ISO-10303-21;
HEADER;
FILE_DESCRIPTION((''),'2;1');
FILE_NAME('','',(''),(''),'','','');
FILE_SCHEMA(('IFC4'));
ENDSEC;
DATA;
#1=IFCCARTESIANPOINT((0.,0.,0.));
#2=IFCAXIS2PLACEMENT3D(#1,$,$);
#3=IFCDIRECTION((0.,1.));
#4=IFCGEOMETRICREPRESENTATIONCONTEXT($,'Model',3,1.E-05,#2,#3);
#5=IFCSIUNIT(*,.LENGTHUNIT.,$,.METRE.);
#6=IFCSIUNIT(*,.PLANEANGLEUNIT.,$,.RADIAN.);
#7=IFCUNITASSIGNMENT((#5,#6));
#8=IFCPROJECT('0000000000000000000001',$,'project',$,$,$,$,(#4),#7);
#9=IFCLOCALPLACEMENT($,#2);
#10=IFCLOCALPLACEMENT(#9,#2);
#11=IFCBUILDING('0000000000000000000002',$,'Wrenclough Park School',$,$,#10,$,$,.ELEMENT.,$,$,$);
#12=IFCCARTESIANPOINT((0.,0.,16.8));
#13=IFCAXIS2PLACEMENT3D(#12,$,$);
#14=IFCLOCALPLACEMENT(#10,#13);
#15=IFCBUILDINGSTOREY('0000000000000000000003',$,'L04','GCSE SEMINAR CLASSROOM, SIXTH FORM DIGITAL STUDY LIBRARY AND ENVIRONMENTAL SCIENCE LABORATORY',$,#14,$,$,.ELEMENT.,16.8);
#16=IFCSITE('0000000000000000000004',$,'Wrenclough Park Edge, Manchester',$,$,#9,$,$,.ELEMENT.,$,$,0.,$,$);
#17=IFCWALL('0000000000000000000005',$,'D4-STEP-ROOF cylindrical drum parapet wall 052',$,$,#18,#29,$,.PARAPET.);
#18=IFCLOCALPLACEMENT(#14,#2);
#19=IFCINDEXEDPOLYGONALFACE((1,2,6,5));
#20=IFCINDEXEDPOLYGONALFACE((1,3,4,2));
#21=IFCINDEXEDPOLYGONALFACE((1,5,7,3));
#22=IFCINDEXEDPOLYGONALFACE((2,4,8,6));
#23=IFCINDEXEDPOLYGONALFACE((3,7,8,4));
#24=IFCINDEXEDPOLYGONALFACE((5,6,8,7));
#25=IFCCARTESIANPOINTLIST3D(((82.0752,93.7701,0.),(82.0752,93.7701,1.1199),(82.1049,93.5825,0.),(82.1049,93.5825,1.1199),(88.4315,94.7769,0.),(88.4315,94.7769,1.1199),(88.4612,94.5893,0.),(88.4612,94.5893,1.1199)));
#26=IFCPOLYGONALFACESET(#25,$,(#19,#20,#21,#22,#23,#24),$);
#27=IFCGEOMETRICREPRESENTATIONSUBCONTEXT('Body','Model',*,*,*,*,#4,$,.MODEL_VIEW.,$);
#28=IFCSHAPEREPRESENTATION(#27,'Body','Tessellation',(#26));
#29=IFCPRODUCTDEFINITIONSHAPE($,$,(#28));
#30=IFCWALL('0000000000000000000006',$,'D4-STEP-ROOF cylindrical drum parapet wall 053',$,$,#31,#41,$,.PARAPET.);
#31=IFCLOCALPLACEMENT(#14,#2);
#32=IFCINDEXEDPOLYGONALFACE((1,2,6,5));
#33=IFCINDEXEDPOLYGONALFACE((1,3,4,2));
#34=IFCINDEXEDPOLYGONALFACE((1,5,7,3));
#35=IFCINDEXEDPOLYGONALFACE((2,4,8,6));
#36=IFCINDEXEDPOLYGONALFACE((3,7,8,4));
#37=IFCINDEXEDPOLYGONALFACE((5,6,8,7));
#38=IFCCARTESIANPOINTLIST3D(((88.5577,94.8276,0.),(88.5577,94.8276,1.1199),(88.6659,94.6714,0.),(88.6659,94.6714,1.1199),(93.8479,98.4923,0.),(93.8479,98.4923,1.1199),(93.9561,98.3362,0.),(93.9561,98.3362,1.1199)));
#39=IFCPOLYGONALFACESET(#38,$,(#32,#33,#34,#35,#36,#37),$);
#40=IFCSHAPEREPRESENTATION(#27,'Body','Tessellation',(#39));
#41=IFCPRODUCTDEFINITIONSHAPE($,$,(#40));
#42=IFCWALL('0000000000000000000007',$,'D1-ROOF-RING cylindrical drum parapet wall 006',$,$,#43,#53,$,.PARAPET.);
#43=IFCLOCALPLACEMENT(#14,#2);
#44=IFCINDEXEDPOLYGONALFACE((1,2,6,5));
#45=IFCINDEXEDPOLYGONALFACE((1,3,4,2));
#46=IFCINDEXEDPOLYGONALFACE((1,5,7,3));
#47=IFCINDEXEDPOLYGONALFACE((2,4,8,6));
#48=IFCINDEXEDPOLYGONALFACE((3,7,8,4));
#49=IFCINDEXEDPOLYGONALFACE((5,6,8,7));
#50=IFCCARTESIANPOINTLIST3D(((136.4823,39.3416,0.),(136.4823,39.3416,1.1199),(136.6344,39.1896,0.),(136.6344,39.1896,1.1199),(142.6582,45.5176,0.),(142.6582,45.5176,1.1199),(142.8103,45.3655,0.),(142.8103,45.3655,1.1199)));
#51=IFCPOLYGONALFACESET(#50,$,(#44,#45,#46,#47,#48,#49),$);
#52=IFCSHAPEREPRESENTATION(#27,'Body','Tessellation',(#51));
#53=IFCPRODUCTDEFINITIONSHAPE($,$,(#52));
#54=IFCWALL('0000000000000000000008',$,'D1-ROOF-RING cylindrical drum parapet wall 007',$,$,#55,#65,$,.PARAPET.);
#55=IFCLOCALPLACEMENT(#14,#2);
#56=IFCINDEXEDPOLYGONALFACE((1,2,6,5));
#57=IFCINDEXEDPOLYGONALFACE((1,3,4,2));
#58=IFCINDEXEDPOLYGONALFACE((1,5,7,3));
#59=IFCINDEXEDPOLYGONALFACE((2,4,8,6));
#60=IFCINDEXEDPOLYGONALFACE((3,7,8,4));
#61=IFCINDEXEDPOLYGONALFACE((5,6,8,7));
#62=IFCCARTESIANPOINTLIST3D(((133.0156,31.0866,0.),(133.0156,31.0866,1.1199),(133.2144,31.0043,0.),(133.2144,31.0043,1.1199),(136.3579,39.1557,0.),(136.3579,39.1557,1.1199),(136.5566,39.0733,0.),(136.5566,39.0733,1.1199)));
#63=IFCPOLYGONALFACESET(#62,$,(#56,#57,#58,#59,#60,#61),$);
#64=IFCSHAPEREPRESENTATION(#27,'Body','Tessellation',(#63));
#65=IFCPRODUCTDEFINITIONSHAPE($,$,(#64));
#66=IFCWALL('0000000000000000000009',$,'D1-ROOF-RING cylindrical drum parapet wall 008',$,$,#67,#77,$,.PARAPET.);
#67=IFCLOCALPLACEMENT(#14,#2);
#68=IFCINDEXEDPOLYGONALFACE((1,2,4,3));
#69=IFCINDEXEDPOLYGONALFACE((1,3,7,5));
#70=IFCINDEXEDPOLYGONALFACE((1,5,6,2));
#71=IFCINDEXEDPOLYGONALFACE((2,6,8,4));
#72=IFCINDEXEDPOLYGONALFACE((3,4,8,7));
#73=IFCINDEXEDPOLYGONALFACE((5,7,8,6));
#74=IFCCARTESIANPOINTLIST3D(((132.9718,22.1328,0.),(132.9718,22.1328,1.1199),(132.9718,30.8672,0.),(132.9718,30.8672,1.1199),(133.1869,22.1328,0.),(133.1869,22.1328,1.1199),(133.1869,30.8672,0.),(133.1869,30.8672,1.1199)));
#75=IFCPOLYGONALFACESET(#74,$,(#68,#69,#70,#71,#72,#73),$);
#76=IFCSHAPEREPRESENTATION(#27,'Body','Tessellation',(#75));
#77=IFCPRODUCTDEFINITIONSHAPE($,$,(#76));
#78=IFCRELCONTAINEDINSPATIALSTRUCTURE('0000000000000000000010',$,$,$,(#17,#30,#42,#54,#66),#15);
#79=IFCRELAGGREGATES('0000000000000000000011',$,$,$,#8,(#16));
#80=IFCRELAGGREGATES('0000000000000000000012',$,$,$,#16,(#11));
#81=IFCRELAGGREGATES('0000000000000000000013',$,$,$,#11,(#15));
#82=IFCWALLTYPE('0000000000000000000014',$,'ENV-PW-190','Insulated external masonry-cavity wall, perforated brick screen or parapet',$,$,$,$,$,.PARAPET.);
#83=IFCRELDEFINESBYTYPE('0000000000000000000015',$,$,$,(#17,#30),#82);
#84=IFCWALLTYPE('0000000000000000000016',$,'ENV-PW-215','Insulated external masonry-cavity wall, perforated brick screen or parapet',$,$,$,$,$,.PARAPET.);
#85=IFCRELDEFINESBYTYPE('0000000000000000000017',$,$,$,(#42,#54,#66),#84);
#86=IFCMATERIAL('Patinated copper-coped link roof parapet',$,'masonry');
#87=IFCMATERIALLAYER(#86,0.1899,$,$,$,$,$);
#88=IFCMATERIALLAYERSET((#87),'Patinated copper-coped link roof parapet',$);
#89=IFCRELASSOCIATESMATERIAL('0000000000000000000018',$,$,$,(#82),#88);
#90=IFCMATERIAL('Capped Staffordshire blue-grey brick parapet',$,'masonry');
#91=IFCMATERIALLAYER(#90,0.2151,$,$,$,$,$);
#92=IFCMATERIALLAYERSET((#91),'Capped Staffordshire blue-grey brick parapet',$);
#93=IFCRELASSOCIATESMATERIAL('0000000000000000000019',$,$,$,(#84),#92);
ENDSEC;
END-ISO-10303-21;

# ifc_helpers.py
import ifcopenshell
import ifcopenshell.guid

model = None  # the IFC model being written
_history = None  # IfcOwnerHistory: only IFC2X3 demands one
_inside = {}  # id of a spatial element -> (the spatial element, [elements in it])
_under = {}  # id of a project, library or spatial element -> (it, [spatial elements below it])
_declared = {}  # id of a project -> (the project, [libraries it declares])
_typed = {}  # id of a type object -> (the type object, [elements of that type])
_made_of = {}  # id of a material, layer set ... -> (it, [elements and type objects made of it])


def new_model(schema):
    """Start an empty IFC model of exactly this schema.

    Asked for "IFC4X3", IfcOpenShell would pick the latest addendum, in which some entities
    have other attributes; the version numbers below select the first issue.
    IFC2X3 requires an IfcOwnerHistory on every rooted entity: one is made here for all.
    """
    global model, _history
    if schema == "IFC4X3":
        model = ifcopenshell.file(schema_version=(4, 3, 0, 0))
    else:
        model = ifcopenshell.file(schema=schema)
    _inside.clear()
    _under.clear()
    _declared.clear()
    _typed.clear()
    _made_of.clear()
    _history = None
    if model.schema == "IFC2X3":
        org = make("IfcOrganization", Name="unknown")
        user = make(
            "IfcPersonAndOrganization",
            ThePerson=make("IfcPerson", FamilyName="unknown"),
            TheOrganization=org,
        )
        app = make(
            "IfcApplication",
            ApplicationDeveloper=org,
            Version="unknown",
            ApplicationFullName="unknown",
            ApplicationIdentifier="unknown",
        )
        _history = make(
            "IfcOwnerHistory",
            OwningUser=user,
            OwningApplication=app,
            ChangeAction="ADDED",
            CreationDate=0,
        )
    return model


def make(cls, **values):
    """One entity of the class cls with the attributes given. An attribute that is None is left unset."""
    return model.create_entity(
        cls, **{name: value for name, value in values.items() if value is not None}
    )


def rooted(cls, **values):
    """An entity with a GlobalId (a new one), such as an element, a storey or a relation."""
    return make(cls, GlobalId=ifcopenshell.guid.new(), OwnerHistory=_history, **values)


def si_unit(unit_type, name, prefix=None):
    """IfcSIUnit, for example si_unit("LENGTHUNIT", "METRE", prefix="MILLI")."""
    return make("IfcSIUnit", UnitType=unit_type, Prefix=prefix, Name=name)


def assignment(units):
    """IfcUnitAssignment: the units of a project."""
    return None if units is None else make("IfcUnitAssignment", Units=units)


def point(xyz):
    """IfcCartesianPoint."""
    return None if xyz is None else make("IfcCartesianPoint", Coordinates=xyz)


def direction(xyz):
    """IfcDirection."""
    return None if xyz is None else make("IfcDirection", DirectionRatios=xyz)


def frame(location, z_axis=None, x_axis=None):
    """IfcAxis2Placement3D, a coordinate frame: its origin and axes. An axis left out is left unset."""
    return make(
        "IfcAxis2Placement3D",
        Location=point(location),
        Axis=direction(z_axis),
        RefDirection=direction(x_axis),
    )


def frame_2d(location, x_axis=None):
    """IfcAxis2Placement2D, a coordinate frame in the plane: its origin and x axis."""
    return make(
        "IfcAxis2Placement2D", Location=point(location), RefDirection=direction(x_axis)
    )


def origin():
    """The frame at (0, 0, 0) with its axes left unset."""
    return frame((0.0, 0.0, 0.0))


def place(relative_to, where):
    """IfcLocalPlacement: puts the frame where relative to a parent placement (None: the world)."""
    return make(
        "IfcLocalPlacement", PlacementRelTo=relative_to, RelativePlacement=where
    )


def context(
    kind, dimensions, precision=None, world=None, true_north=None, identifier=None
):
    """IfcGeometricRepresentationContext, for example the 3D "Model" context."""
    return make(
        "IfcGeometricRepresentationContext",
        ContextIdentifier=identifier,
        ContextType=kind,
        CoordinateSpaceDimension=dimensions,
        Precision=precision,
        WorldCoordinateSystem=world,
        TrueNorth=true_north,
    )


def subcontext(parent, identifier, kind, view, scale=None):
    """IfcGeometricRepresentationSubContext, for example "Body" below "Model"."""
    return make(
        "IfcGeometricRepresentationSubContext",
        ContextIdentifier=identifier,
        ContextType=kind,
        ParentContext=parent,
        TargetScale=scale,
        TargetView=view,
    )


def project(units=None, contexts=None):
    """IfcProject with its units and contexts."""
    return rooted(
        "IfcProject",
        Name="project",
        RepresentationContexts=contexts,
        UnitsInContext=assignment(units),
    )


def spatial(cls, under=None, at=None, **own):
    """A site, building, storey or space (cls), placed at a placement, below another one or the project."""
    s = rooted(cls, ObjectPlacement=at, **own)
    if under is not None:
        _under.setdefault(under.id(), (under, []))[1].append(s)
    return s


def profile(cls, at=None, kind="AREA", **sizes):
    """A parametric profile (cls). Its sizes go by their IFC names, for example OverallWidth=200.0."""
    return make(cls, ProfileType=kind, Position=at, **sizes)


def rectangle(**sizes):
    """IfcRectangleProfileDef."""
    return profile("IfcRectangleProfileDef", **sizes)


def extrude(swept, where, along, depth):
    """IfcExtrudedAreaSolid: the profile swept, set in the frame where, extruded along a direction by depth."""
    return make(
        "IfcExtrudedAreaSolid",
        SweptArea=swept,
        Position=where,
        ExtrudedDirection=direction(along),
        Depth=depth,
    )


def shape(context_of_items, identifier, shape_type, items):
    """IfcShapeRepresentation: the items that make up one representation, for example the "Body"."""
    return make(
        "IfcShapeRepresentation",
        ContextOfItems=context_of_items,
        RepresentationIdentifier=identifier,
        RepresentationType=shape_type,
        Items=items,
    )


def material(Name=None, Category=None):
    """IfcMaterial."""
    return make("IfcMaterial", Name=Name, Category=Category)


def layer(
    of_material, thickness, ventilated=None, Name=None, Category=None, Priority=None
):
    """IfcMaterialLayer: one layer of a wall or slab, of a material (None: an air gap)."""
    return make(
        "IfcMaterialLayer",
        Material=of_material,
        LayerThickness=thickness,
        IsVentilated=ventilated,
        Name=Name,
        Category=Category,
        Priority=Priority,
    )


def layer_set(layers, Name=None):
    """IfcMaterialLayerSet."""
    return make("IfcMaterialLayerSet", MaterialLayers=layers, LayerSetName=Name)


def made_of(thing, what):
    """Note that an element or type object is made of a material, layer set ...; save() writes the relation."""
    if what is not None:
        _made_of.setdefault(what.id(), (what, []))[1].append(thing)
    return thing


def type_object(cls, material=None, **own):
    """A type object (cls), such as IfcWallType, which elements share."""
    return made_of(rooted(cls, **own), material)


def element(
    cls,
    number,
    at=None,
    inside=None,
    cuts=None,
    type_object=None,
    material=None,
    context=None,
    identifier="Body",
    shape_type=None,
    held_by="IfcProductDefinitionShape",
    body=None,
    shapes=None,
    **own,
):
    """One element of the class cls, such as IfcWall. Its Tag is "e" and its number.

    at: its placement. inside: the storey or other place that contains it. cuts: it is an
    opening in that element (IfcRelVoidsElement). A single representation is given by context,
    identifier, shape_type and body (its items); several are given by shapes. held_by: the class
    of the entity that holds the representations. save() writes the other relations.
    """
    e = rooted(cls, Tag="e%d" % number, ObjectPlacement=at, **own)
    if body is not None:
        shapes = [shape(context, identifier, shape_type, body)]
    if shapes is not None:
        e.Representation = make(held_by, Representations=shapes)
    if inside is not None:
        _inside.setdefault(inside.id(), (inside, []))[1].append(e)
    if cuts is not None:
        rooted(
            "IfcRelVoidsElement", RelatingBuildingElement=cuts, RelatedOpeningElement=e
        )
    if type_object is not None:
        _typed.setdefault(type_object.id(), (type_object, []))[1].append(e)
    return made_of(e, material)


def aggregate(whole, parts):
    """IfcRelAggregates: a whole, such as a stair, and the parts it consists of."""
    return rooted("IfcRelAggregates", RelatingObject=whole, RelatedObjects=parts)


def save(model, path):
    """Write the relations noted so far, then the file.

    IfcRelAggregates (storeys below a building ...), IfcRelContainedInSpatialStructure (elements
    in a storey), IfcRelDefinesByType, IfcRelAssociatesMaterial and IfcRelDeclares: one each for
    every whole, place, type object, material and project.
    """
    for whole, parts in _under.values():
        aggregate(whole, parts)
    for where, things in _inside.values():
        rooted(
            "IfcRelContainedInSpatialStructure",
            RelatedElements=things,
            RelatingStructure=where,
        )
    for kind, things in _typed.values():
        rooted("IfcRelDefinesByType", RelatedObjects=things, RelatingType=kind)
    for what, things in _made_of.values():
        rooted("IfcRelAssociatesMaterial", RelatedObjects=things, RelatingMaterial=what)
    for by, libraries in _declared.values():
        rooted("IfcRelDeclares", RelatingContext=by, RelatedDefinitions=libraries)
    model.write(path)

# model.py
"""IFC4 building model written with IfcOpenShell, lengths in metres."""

from ifc_helpers import new_model, si_unit, direction, frame, frame_2d, origin, place, context, subcontext, project, spatial, rectangle, extrude, material, layer, layer_set, type_object, element, save


model = new_model("IFC4")

# Units and contexts
model_context = context("Model", 3, precision=1e-05, world=origin(), true_north=direction((0.0, 1.0)))
body_context = subcontext(model_context, "Body", "Model", "MODEL_VIEW")
ifc_project = project(units=[si_unit("LENGTHUNIT", "METRE"), si_unit("PLANEANGLEUNIT", "RADIAN")], contexts=[model_context])

# Site, building, storey
site_placement = place(None, origin())
site = spatial("IfcSite", under=ifc_project, at=site_placement, Name="Wrenclough Park Edge, Manchester", CompositionType="ELEMENT", RefElevation=0.0)
building_placement = place(site_placement, origin())
building = spatial("IfcBuilding", under=site, at=building_placement, Name="Wrenclough Park School", CompositionType="ELEMENT")
storey_placement = place(building_placement, frame((0.0, 0.0, 16.8)))
storey = spatial("IfcBuildingStorey", under=building, at=storey_placement, Name="L04", Description="GCSE SEMINAR CLASSROOM, SIXTH FORM DIGITAL STUDY LIBRARY AND ENVIRONMENTAL SCIENCE LABORATORY", CompositionType="ELEMENT", Elevation=16.8)

# Walls
ifc_material_1 = material(Name="Patinated copper-coped link roof parapet", Category="masonry")
ifc_layer_1 = layer(ifc_material_1, 0.1899)
ifc_layer_set_1 = layer_set([ifc_layer_1], Name="Patinated copper-coped link roof parapet")
wall_type_1 = type_object("IfcWallType", Name="ENV-PW-190", Description="Insulated external masonry-cavity wall, perforated brick screen or parapet", PredefinedType="PARAPET", material=ifc_layer_set_1)
for number, where, z_axis, x_axis, name in (
    (1, (82.0901, 93.6763, 0.0), (0.0, 0.0, 1.0), (0.987686, 0.156452, 0.0), "D4-STEP-ROOF cylindrical drum parapet wall 052"),
    (2, (88.6118, 94.7495, 0.0), (0.0, 0.0, 1.0), (0.822026, 0.569451, 0.0), "D4-STEP-ROOF cylindrical drum parapet wall 053"),
):
    element("IfcWall", number, at=place(storey_placement, frame(where, z_axis=z_axis, x_axis=x_axis)), inside=storey, type_object=wall_type_1, Name=name, PredefinedType="PARAPET", context=body_context, shape_type="SweptSolid", body=[
        extrude(rectangle(XDim=6.4355, YDim=0.1899, at=frame_2d((3.2178, 0.0))), origin(), (0.0, 0.0, 1.0), 1.1199),
    ])
ifc_material_2 = material(Name="Capped Staffordshire blue-grey brick parapet", Category="masonry")
ifc_layer_2 = layer(ifc_material_2, 0.2151)
ifc_layer_set_2 = layer_set([ifc_layer_2], Name="Capped Staffordshire blue-grey brick parapet")
wall_type_2 = type_object("IfcWallType", Name="ENV-PW-215", Description="Insulated external masonry-cavity wall, perforated brick screen or parapet", PredefinedType="PARAPET", material=ifc_layer_set_2)
wall_1_placement = place(storey_placement, frame((142.7344, 45.4417, 0.0), z_axis=(0.0, 0.0, 1.0), x_axis=(-0.707107, -0.707107, 0.0)))
element("IfcWall", 3, at=wall_1_placement, inside=storey, type_object=wall_type_2, Name="D1-ROOF-RING cylindrical drum parapet wall 006", PredefinedType="PARAPET", context=body_context, shape_type="SweptSolid", body=[
    extrude(rectangle(XDim=8.7341, YDim=0.2151, at=frame_2d((4.3672, 0.0))), origin(), (0.0, 0.0, 1.0), 1.1199),
])
wall_2_placement = place(storey_placement, frame((136.4573, 39.1145, 0.0), z_axis=(0.0, 0.0, 1.0), x_axis=(-0.382679, -0.923881, 0.0)))
element("IfcWall", 4, at=wall_2_placement, inside=storey, type_object=wall_type_2, Name="D1-ROOF-RING cylindrical drum parapet wall 007", PredefinedType="PARAPET", context=body_context, shape_type="SweptSolid", body=[
    extrude(rectangle(XDim=8.7339, YDim=0.2151, at=frame_2d((4.3669, 0.0))), origin(), (0.0, 0.0, 1.0), 1.1199),
])
wall_3_placement = place(storey_placement, frame((133.0793, 30.8672, 0.0), z_axis=(0.0, 0.0, 1.0), x_axis=(0.0, -1.0, 0.0)))
element("IfcWall", 5, at=wall_3_placement, inside=storey, type_object=wall_type_2, Name="D1-ROOF-RING cylindrical drum parapet wall 008", PredefinedType="PARAPET", context=body_context, shape_type="SweptSolid", body=[
    extrude(rectangle(XDim=8.7344, YDim=0.2151, at=frame_2d((4.3672, 0.0))), origin(), (0.0, 0.0, 1.0), 1.1199),
])

save(model, "model.ifc")
